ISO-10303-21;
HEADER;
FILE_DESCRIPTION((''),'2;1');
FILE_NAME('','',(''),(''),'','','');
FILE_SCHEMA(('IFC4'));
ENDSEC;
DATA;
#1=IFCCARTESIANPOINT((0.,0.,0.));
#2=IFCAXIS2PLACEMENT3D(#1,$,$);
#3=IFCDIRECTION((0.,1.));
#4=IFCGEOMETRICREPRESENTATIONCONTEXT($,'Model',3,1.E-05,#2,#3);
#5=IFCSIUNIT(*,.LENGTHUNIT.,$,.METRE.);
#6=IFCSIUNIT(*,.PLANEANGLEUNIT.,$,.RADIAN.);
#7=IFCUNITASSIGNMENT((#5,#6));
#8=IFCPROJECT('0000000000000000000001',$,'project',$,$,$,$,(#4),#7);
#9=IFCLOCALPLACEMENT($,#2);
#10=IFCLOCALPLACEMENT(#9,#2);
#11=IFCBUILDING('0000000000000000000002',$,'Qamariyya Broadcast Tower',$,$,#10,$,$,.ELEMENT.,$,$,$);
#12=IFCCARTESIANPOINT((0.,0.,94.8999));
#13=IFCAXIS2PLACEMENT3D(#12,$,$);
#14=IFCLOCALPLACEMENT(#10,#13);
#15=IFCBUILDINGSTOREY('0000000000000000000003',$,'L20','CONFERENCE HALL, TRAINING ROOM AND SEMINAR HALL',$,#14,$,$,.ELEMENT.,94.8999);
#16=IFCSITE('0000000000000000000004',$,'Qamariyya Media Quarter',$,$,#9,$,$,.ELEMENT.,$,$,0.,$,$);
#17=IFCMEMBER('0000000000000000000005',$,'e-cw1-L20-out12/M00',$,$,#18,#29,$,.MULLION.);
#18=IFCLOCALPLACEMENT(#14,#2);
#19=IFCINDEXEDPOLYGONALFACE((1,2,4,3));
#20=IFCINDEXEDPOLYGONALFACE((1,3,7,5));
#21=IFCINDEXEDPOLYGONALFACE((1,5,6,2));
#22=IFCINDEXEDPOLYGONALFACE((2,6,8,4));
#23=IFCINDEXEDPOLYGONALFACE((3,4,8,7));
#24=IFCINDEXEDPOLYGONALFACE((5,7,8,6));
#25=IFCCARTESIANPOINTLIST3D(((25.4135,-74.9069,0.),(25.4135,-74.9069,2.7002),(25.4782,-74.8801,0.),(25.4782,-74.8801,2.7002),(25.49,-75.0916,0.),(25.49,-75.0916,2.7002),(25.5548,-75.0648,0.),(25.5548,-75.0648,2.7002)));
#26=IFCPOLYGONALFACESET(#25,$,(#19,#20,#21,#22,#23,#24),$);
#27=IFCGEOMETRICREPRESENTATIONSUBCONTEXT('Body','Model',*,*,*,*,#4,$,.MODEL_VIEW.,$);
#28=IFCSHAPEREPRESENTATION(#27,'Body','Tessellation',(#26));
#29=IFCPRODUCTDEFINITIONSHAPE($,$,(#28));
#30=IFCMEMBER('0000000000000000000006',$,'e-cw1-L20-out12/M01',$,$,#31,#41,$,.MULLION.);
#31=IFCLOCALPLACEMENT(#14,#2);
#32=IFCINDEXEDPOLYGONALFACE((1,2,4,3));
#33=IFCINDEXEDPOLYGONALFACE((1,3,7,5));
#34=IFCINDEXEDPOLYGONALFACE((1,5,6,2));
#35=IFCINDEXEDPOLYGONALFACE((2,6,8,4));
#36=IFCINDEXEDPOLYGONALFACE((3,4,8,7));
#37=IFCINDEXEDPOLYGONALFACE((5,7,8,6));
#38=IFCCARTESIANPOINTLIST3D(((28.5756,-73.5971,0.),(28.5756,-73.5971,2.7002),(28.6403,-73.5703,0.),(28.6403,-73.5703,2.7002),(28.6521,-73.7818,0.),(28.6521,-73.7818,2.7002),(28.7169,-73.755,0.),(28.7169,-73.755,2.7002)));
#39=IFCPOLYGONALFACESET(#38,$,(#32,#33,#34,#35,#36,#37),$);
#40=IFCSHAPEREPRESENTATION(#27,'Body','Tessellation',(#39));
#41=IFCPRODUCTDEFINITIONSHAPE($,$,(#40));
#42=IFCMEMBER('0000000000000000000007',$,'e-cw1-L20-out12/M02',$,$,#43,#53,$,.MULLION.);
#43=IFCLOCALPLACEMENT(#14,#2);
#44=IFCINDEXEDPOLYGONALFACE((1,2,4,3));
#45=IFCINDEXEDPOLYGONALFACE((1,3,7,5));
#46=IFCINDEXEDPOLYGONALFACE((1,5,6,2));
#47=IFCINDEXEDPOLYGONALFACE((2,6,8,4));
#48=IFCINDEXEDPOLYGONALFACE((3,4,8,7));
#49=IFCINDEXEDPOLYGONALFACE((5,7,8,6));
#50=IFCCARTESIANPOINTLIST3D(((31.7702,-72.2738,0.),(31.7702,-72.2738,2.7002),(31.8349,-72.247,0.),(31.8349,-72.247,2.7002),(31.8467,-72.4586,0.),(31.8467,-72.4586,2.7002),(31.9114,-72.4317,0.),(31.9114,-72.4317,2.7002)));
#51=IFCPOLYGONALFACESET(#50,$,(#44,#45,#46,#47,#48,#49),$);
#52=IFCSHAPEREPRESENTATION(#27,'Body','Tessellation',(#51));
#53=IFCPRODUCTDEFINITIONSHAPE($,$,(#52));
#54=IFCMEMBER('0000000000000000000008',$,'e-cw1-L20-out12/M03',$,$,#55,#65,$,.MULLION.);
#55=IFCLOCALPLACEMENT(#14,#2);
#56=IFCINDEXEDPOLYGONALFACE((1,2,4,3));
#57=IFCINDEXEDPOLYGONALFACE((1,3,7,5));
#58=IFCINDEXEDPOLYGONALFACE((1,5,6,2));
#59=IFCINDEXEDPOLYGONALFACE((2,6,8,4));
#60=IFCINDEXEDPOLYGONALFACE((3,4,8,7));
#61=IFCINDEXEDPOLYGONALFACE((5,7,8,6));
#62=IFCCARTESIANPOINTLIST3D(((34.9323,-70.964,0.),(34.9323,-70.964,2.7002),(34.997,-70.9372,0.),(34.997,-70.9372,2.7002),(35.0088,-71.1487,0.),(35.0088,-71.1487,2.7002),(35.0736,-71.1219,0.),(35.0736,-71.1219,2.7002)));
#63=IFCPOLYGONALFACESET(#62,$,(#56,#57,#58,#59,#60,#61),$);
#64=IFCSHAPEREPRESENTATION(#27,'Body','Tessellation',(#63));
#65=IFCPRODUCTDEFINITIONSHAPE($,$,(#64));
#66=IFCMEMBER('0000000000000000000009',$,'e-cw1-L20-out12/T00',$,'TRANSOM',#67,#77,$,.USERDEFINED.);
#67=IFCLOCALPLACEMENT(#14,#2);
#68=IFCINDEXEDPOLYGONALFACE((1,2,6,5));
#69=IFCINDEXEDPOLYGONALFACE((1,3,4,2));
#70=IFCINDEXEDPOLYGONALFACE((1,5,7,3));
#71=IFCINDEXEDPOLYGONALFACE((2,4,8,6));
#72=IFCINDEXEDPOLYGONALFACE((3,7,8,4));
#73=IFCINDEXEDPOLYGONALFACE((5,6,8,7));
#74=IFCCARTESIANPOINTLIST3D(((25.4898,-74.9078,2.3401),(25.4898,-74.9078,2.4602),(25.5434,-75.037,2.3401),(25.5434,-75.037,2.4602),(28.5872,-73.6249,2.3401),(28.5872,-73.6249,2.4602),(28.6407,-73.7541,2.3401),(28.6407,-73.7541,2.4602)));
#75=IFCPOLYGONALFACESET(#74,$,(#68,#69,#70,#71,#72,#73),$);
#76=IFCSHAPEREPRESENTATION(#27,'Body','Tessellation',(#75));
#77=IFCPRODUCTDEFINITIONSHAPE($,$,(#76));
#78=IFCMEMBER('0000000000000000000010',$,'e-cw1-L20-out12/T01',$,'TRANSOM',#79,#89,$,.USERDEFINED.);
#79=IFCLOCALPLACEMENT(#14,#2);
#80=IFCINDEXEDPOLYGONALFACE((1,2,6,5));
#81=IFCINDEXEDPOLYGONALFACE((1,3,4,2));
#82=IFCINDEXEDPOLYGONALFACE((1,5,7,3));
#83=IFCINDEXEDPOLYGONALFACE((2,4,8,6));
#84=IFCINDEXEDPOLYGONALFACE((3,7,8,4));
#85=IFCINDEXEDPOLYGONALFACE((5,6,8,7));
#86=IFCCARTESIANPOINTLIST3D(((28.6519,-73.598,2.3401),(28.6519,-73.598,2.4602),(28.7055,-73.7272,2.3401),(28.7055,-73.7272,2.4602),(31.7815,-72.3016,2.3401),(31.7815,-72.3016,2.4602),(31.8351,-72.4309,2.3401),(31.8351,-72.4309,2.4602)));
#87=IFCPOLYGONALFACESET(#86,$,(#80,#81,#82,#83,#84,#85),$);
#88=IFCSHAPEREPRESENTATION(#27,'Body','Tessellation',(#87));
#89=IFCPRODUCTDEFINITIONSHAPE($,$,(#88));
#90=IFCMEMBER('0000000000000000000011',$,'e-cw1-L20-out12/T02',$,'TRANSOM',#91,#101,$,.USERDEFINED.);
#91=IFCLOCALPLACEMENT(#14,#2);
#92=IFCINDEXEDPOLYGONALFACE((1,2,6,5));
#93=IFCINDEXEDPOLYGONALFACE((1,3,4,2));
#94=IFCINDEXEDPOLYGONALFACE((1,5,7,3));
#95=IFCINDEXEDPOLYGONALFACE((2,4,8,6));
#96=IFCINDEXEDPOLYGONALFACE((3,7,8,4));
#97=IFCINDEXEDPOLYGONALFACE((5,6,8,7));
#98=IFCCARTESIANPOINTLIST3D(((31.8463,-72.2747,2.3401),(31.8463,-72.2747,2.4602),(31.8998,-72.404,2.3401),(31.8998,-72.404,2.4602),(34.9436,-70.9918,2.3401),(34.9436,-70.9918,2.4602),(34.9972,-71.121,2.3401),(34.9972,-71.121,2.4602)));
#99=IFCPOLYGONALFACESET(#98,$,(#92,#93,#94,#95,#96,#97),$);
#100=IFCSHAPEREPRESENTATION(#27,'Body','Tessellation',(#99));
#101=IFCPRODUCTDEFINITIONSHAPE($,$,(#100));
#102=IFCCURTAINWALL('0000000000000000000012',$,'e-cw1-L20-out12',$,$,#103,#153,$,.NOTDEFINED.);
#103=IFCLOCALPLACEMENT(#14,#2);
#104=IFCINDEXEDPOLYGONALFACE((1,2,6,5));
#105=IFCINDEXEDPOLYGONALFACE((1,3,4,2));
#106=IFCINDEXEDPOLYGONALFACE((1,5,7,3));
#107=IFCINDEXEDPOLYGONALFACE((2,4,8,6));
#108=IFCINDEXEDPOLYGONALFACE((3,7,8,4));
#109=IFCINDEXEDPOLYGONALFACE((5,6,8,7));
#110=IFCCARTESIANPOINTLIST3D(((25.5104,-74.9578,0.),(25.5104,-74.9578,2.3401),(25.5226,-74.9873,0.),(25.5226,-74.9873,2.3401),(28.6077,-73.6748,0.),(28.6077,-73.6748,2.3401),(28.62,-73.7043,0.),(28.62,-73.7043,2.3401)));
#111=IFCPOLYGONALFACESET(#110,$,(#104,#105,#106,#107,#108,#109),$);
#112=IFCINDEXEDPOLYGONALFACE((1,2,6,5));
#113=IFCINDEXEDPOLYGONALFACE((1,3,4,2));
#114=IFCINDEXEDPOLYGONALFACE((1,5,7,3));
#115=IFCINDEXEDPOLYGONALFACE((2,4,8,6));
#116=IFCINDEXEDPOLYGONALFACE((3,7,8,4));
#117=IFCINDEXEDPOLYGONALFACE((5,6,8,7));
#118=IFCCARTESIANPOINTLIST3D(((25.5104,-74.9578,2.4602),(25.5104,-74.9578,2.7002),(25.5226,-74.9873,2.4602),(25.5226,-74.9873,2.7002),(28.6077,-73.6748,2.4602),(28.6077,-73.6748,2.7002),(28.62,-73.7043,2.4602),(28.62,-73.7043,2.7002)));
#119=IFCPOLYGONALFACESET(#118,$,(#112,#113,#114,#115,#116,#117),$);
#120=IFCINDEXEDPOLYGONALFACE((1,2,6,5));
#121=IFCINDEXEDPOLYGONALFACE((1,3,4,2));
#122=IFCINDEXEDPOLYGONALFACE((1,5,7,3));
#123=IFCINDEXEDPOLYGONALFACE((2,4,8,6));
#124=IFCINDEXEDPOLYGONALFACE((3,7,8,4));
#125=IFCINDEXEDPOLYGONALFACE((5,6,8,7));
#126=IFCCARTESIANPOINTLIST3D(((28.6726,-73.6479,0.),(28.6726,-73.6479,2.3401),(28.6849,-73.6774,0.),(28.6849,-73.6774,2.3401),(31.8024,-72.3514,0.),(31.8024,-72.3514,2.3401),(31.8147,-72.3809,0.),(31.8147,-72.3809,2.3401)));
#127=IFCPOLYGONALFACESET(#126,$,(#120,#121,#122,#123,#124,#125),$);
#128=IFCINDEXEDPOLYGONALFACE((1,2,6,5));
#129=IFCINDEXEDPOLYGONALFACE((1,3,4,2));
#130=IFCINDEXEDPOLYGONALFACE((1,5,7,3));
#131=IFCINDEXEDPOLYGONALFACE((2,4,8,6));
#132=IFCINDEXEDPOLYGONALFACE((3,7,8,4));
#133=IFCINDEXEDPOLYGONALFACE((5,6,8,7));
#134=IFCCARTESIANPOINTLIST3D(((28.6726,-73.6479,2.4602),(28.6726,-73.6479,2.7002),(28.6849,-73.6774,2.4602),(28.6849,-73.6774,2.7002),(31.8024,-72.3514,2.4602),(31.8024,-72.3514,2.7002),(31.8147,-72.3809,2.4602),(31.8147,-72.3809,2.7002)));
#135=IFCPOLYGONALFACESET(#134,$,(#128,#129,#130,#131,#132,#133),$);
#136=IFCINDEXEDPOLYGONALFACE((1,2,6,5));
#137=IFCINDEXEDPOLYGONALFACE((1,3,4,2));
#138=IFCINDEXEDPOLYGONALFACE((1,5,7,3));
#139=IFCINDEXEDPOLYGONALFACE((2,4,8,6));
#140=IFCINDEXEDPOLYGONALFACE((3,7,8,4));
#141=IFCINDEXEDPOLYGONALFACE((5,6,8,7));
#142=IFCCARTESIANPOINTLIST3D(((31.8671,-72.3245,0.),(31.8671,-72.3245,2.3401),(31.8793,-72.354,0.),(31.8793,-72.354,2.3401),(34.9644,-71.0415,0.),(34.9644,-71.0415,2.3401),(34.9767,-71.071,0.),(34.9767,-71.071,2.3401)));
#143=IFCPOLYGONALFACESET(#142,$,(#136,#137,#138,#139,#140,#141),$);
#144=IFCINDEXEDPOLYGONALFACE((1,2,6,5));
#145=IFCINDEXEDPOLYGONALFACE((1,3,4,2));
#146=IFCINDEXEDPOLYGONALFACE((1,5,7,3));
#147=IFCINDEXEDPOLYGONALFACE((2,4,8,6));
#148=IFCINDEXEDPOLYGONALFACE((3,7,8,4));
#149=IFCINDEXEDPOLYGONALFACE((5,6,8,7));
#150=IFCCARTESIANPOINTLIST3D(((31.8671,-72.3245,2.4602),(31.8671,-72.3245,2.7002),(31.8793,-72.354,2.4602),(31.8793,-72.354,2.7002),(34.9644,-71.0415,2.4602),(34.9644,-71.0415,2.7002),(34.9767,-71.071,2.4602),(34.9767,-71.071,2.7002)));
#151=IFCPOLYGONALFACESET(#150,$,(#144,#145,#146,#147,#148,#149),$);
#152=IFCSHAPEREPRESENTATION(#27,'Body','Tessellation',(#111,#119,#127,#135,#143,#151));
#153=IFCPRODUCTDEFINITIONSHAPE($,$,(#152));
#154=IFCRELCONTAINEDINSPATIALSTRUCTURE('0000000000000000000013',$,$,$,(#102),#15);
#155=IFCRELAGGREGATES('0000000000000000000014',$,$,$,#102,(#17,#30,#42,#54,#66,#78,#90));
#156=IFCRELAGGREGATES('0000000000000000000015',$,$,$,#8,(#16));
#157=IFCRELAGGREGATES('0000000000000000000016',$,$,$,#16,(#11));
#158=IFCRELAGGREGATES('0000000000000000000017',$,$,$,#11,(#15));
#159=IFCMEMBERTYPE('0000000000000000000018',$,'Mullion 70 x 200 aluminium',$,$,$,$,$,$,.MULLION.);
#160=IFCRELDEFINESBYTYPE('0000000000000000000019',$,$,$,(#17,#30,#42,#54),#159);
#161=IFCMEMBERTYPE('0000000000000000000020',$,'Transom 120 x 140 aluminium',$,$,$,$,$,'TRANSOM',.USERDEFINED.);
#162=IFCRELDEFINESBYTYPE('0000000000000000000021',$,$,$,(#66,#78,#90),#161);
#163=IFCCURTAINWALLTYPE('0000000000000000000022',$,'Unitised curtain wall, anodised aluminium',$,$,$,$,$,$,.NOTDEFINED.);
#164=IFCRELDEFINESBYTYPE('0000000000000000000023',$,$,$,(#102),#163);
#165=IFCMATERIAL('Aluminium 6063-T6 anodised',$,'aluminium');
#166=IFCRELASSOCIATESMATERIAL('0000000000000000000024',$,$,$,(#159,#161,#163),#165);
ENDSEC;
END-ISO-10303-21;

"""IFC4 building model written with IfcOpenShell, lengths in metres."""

from ifc_helpers import new_model, si_unit, direction, frame, origin, origin_2d, place, context, subcontext, project, spatial, rectangle, extrude, material, material_profile, profile_set, type_object, element, aggregate, save


model = new_model("IFC4")

# Units and contexts
model_context = context("Model", 3, precision=1e-05, world=origin(), true_north=direction((0.0, 1.0)))
body_context = subcontext(model_context, "Body", "Model", "MODEL_VIEW")
ifc_project = project(units=[si_unit("LENGTHUNIT", "METRE"), si_unit("PLANEANGLEUNIT", "RADIAN")], contexts=[model_context])

# Members
ifc_material = material(Name="Aluminium 6063-T6 anodised", Category="aluminium")
ifc_material_profile_1 = material_profile(ifc_material, rectangle(XDim=0.2, YDim=0.0701, at=origin_2d()))
ifc_profile_set_1 = profile_set([ifc_material_profile_1], Name="Aluminium 6063-T6 anodised")
member_type_1 = type_object("IfcMemberType", Name="Mullion 70 x 200 aluminium", PredefinedType="MULLION", material=ifc_profile_set_1)
site_placement = place(None, origin())
building_placement = place(site_placement, origin())
storey_placement = place(building_placement, frame((0.0, 0.0, 94.8999)))
member_1_placement = place(storey_placement, frame((25.4841, -74.9858, 0.0), z_axis=(0.0, 0.0, 1.0), x_axis=(-0.382683, 0.92388, 0.0)))
member_1 = element("IfcMember", 1, at=member_1_placement, type_object=member_type_1, Name="e-cw1-L20-out12/M00", PredefinedType="MULLION", context=body_context, shape_type="SweptSolid", body=[
    extrude(rectangle(XDim=0.2, YDim=0.0701, at=origin_2d()), origin(), (0.0, 0.0, 1.0), 2.7002),
])
member_2_placement = place(storey_placement, frame((28.6462, -73.676, 0.0), z_axis=(0.0, 0.0, 1.0), x_axis=(-0.382683, 0.92388, 0.0)))
member_2 = element("IfcMember", 2, at=member_2_placement, type_object=member_type_1, Name="e-cw1-L20-out12/M01", PredefinedType="MULLION", context=body_context, shape_type="SweptSolid", body=[
    extrude(rectangle(XDim=0.2, YDim=0.0701, at=origin_2d()), origin(), (0.0, 0.0, 1.0), 2.7002),
])
member_3_placement = place(storey_placement, frame((31.8408, -72.3528, 0.0), z_axis=(0.0, 0.0, 1.0), x_axis=(-0.382683, 0.92388, 0.0)))
member_3 = element("IfcMember", 3, at=member_3_placement, type_object=member_type_1, Name="e-cw1-L20-out12/M02", PredefinedType="MULLION", context=body_context, shape_type="SweptSolid", body=[
    extrude(rectangle(XDim=0.2, YDim=0.0701, at=origin_2d()), origin(), (0.0, 0.0, 1.0), 2.7002),
])
member_4_placement = place(storey_placement, frame((35.0029, -71.043, 0.0), z_axis=(0.0, 0.0, 1.0), x_axis=(-0.382683, 0.92388, 0.0)))
member_4 = element("IfcMember", 4, at=member_4_placement, type_object=member_type_1, Name="e-cw1-L20-out12/M03", PredefinedType="MULLION", context=body_context, shape_type="SweptSolid", body=[
    extrude(rectangle(XDim=0.2, YDim=0.0701, at=origin_2d()), origin(), (0.0, 0.0, 1.0), 2.7002),
])
ifc_material_profile_2 = material_profile(ifc_material, rectangle(XDim=0.1399, YDim=0.1201, at=origin_2d()))
ifc_profile_set_2 = profile_set([ifc_material_profile_2], Name="Aluminium 6063-T6 anodised")
member_type_2 = type_object("IfcMemberType", Name="Transom 120 x 140 aluminium", ElementType="TRANSOM", PredefinedType="USERDEFINED", material=ifc_profile_set_2)
member_5_placement = place(storey_placement, frame((25.5166, -74.9724, 2.4001), z_axis=(0.923883, 0.382676, 0.0), x_axis=(-0.382676, 0.923883, 0.0)))
member_5 = element("IfcMember", 5, at=member_5_placement, type_object=member_type_2, Name="e-cw1-L20-out12/T00", ObjectType="TRANSOM", PredefinedType="USERDEFINED", context=body_context, shape_type="SweptSolid", body=[
    extrude(rectangle(XDim=0.1399, YDim=0.1201, at=origin_2d()), origin(), (0.0, 0.0, 1.0), 3.3525),
])
member_6_placement = place(storey_placement, frame((28.6787, -73.6626, 2.4001), z_axis=(0.923875, 0.382696, 0.0), x_axis=(-0.382696, 0.923875, 0.0)))
member_6 = element("IfcMember", 6, at=member_6_placement, type_object=member_type_2, Name="e-cw1-L20-out12/T01", ObjectType="TRANSOM", PredefinedType="USERDEFINED", context=body_context, shape_type="SweptSolid", body=[
    extrude(rectangle(XDim=0.1399, YDim=0.1201, at=origin_2d()), origin(), (0.0, 0.0, 1.0), 3.3875),
])
member_7_placement = place(storey_placement, frame((31.873, -72.3394, 2.4001), z_axis=(0.923883, 0.382676, 0.0), x_axis=(-0.382676, 0.923883, 0.0)))
member_7 = element("IfcMember", 7, at=member_7_placement, type_object=member_type_2, Name="e-cw1-L20-out12/T02", ObjectType="TRANSOM", PredefinedType="USERDEFINED", context=body_context, shape_type="SweptSolid", body=[
    extrude(rectangle(XDim=0.1399, YDim=0.1201, at=origin_2d()), origin(), (0.0, 0.0, 1.0), 3.3525),
])

# Site, building, storey
site = spatial("IfcSite", under=ifc_project, at=site_placement, Name="Qamariyya Media Quarter", CompositionType="ELEMENT", RefElevation=0.0)
building = spatial("IfcBuilding", under=site, at=building_placement, Name="Qamariyya Broadcast Tower", CompositionType="ELEMENT")
storey = spatial("IfcBuildingStorey", under=building, at=storey_placement, Name="L20", Description="CONFERENCE HALL, TRAINING ROOM AND SEMINAR HALL", CompositionType="ELEMENT", Elevation=94.8999)

# Curtain wall
curtain_wall_type = type_object("IfcCurtainWallType", Name="Unitised curtain wall, anodised aluminium", PredefinedType="NOTDEFINED", material=ifc_material)
curtain_wall_1_placement = place(storey_placement, origin())
curtain_wall_1 = element("IfcCurtainWall", 8, at=curtain_wall_1_placement, inside=storey, type_object=curtain_wall_type, Name="e-cw1-L20-out12", PredefinedType="NOTDEFINED", context=body_context, shape_type="SweptSolid", body=[
    extrude(rectangle(XDim=3.3525, YDim=0.032, at=origin_2d()), frame((27.0652, -74.3311, 0.0), x_axis=(0.923872, 0.382701, 0.0)), (0.0, 0.0, 1.0), 2.3401),
    extrude(rectangle(XDim=3.3525, YDim=0.032, at=origin_2d()), frame((27.0652, -74.3311, 2.4602), x_axis=(0.923872, 0.382701, 0.0)), (0.0, 0.0, 1.0), 0.24),
    extrude(rectangle(XDim=3.3877, YDim=0.032, at=origin_2d()), frame((30.2437, -73.0144, 0.0), x_axis=(0.923872, 0.382701, 0.0)), (0.0, 0.0, 1.0), 2.3401),
    extrude(rectangle(XDim=3.3877, YDim=0.032, at=origin_2d()), frame((30.2437, -73.0144, 2.4602), x_axis=(0.923872, 0.382701, 0.0)), (0.0, 0.0, 1.0), 0.24),
    extrude(rectangle(XDim=3.3525, YDim=0.032, at=origin_2d()), frame((33.4219, -71.6978, 0.0), x_axis=(0.923872, 0.382701, 0.0)), (0.0, 0.0, 1.0), 2.3401),
    extrude(rectangle(XDim=3.3525, YDim=0.032, at=origin_2d()), frame((33.4219, -71.6978, 2.4602), x_axis=(0.923872, 0.382701, 0.0)), (0.0, 0.0, 1.0), 0.24),
])
aggregate(curtain_wall_1, [member_1, member_2, member_3, member_4, member_5, member_6, member_7])

save(model, "model.ifc")
